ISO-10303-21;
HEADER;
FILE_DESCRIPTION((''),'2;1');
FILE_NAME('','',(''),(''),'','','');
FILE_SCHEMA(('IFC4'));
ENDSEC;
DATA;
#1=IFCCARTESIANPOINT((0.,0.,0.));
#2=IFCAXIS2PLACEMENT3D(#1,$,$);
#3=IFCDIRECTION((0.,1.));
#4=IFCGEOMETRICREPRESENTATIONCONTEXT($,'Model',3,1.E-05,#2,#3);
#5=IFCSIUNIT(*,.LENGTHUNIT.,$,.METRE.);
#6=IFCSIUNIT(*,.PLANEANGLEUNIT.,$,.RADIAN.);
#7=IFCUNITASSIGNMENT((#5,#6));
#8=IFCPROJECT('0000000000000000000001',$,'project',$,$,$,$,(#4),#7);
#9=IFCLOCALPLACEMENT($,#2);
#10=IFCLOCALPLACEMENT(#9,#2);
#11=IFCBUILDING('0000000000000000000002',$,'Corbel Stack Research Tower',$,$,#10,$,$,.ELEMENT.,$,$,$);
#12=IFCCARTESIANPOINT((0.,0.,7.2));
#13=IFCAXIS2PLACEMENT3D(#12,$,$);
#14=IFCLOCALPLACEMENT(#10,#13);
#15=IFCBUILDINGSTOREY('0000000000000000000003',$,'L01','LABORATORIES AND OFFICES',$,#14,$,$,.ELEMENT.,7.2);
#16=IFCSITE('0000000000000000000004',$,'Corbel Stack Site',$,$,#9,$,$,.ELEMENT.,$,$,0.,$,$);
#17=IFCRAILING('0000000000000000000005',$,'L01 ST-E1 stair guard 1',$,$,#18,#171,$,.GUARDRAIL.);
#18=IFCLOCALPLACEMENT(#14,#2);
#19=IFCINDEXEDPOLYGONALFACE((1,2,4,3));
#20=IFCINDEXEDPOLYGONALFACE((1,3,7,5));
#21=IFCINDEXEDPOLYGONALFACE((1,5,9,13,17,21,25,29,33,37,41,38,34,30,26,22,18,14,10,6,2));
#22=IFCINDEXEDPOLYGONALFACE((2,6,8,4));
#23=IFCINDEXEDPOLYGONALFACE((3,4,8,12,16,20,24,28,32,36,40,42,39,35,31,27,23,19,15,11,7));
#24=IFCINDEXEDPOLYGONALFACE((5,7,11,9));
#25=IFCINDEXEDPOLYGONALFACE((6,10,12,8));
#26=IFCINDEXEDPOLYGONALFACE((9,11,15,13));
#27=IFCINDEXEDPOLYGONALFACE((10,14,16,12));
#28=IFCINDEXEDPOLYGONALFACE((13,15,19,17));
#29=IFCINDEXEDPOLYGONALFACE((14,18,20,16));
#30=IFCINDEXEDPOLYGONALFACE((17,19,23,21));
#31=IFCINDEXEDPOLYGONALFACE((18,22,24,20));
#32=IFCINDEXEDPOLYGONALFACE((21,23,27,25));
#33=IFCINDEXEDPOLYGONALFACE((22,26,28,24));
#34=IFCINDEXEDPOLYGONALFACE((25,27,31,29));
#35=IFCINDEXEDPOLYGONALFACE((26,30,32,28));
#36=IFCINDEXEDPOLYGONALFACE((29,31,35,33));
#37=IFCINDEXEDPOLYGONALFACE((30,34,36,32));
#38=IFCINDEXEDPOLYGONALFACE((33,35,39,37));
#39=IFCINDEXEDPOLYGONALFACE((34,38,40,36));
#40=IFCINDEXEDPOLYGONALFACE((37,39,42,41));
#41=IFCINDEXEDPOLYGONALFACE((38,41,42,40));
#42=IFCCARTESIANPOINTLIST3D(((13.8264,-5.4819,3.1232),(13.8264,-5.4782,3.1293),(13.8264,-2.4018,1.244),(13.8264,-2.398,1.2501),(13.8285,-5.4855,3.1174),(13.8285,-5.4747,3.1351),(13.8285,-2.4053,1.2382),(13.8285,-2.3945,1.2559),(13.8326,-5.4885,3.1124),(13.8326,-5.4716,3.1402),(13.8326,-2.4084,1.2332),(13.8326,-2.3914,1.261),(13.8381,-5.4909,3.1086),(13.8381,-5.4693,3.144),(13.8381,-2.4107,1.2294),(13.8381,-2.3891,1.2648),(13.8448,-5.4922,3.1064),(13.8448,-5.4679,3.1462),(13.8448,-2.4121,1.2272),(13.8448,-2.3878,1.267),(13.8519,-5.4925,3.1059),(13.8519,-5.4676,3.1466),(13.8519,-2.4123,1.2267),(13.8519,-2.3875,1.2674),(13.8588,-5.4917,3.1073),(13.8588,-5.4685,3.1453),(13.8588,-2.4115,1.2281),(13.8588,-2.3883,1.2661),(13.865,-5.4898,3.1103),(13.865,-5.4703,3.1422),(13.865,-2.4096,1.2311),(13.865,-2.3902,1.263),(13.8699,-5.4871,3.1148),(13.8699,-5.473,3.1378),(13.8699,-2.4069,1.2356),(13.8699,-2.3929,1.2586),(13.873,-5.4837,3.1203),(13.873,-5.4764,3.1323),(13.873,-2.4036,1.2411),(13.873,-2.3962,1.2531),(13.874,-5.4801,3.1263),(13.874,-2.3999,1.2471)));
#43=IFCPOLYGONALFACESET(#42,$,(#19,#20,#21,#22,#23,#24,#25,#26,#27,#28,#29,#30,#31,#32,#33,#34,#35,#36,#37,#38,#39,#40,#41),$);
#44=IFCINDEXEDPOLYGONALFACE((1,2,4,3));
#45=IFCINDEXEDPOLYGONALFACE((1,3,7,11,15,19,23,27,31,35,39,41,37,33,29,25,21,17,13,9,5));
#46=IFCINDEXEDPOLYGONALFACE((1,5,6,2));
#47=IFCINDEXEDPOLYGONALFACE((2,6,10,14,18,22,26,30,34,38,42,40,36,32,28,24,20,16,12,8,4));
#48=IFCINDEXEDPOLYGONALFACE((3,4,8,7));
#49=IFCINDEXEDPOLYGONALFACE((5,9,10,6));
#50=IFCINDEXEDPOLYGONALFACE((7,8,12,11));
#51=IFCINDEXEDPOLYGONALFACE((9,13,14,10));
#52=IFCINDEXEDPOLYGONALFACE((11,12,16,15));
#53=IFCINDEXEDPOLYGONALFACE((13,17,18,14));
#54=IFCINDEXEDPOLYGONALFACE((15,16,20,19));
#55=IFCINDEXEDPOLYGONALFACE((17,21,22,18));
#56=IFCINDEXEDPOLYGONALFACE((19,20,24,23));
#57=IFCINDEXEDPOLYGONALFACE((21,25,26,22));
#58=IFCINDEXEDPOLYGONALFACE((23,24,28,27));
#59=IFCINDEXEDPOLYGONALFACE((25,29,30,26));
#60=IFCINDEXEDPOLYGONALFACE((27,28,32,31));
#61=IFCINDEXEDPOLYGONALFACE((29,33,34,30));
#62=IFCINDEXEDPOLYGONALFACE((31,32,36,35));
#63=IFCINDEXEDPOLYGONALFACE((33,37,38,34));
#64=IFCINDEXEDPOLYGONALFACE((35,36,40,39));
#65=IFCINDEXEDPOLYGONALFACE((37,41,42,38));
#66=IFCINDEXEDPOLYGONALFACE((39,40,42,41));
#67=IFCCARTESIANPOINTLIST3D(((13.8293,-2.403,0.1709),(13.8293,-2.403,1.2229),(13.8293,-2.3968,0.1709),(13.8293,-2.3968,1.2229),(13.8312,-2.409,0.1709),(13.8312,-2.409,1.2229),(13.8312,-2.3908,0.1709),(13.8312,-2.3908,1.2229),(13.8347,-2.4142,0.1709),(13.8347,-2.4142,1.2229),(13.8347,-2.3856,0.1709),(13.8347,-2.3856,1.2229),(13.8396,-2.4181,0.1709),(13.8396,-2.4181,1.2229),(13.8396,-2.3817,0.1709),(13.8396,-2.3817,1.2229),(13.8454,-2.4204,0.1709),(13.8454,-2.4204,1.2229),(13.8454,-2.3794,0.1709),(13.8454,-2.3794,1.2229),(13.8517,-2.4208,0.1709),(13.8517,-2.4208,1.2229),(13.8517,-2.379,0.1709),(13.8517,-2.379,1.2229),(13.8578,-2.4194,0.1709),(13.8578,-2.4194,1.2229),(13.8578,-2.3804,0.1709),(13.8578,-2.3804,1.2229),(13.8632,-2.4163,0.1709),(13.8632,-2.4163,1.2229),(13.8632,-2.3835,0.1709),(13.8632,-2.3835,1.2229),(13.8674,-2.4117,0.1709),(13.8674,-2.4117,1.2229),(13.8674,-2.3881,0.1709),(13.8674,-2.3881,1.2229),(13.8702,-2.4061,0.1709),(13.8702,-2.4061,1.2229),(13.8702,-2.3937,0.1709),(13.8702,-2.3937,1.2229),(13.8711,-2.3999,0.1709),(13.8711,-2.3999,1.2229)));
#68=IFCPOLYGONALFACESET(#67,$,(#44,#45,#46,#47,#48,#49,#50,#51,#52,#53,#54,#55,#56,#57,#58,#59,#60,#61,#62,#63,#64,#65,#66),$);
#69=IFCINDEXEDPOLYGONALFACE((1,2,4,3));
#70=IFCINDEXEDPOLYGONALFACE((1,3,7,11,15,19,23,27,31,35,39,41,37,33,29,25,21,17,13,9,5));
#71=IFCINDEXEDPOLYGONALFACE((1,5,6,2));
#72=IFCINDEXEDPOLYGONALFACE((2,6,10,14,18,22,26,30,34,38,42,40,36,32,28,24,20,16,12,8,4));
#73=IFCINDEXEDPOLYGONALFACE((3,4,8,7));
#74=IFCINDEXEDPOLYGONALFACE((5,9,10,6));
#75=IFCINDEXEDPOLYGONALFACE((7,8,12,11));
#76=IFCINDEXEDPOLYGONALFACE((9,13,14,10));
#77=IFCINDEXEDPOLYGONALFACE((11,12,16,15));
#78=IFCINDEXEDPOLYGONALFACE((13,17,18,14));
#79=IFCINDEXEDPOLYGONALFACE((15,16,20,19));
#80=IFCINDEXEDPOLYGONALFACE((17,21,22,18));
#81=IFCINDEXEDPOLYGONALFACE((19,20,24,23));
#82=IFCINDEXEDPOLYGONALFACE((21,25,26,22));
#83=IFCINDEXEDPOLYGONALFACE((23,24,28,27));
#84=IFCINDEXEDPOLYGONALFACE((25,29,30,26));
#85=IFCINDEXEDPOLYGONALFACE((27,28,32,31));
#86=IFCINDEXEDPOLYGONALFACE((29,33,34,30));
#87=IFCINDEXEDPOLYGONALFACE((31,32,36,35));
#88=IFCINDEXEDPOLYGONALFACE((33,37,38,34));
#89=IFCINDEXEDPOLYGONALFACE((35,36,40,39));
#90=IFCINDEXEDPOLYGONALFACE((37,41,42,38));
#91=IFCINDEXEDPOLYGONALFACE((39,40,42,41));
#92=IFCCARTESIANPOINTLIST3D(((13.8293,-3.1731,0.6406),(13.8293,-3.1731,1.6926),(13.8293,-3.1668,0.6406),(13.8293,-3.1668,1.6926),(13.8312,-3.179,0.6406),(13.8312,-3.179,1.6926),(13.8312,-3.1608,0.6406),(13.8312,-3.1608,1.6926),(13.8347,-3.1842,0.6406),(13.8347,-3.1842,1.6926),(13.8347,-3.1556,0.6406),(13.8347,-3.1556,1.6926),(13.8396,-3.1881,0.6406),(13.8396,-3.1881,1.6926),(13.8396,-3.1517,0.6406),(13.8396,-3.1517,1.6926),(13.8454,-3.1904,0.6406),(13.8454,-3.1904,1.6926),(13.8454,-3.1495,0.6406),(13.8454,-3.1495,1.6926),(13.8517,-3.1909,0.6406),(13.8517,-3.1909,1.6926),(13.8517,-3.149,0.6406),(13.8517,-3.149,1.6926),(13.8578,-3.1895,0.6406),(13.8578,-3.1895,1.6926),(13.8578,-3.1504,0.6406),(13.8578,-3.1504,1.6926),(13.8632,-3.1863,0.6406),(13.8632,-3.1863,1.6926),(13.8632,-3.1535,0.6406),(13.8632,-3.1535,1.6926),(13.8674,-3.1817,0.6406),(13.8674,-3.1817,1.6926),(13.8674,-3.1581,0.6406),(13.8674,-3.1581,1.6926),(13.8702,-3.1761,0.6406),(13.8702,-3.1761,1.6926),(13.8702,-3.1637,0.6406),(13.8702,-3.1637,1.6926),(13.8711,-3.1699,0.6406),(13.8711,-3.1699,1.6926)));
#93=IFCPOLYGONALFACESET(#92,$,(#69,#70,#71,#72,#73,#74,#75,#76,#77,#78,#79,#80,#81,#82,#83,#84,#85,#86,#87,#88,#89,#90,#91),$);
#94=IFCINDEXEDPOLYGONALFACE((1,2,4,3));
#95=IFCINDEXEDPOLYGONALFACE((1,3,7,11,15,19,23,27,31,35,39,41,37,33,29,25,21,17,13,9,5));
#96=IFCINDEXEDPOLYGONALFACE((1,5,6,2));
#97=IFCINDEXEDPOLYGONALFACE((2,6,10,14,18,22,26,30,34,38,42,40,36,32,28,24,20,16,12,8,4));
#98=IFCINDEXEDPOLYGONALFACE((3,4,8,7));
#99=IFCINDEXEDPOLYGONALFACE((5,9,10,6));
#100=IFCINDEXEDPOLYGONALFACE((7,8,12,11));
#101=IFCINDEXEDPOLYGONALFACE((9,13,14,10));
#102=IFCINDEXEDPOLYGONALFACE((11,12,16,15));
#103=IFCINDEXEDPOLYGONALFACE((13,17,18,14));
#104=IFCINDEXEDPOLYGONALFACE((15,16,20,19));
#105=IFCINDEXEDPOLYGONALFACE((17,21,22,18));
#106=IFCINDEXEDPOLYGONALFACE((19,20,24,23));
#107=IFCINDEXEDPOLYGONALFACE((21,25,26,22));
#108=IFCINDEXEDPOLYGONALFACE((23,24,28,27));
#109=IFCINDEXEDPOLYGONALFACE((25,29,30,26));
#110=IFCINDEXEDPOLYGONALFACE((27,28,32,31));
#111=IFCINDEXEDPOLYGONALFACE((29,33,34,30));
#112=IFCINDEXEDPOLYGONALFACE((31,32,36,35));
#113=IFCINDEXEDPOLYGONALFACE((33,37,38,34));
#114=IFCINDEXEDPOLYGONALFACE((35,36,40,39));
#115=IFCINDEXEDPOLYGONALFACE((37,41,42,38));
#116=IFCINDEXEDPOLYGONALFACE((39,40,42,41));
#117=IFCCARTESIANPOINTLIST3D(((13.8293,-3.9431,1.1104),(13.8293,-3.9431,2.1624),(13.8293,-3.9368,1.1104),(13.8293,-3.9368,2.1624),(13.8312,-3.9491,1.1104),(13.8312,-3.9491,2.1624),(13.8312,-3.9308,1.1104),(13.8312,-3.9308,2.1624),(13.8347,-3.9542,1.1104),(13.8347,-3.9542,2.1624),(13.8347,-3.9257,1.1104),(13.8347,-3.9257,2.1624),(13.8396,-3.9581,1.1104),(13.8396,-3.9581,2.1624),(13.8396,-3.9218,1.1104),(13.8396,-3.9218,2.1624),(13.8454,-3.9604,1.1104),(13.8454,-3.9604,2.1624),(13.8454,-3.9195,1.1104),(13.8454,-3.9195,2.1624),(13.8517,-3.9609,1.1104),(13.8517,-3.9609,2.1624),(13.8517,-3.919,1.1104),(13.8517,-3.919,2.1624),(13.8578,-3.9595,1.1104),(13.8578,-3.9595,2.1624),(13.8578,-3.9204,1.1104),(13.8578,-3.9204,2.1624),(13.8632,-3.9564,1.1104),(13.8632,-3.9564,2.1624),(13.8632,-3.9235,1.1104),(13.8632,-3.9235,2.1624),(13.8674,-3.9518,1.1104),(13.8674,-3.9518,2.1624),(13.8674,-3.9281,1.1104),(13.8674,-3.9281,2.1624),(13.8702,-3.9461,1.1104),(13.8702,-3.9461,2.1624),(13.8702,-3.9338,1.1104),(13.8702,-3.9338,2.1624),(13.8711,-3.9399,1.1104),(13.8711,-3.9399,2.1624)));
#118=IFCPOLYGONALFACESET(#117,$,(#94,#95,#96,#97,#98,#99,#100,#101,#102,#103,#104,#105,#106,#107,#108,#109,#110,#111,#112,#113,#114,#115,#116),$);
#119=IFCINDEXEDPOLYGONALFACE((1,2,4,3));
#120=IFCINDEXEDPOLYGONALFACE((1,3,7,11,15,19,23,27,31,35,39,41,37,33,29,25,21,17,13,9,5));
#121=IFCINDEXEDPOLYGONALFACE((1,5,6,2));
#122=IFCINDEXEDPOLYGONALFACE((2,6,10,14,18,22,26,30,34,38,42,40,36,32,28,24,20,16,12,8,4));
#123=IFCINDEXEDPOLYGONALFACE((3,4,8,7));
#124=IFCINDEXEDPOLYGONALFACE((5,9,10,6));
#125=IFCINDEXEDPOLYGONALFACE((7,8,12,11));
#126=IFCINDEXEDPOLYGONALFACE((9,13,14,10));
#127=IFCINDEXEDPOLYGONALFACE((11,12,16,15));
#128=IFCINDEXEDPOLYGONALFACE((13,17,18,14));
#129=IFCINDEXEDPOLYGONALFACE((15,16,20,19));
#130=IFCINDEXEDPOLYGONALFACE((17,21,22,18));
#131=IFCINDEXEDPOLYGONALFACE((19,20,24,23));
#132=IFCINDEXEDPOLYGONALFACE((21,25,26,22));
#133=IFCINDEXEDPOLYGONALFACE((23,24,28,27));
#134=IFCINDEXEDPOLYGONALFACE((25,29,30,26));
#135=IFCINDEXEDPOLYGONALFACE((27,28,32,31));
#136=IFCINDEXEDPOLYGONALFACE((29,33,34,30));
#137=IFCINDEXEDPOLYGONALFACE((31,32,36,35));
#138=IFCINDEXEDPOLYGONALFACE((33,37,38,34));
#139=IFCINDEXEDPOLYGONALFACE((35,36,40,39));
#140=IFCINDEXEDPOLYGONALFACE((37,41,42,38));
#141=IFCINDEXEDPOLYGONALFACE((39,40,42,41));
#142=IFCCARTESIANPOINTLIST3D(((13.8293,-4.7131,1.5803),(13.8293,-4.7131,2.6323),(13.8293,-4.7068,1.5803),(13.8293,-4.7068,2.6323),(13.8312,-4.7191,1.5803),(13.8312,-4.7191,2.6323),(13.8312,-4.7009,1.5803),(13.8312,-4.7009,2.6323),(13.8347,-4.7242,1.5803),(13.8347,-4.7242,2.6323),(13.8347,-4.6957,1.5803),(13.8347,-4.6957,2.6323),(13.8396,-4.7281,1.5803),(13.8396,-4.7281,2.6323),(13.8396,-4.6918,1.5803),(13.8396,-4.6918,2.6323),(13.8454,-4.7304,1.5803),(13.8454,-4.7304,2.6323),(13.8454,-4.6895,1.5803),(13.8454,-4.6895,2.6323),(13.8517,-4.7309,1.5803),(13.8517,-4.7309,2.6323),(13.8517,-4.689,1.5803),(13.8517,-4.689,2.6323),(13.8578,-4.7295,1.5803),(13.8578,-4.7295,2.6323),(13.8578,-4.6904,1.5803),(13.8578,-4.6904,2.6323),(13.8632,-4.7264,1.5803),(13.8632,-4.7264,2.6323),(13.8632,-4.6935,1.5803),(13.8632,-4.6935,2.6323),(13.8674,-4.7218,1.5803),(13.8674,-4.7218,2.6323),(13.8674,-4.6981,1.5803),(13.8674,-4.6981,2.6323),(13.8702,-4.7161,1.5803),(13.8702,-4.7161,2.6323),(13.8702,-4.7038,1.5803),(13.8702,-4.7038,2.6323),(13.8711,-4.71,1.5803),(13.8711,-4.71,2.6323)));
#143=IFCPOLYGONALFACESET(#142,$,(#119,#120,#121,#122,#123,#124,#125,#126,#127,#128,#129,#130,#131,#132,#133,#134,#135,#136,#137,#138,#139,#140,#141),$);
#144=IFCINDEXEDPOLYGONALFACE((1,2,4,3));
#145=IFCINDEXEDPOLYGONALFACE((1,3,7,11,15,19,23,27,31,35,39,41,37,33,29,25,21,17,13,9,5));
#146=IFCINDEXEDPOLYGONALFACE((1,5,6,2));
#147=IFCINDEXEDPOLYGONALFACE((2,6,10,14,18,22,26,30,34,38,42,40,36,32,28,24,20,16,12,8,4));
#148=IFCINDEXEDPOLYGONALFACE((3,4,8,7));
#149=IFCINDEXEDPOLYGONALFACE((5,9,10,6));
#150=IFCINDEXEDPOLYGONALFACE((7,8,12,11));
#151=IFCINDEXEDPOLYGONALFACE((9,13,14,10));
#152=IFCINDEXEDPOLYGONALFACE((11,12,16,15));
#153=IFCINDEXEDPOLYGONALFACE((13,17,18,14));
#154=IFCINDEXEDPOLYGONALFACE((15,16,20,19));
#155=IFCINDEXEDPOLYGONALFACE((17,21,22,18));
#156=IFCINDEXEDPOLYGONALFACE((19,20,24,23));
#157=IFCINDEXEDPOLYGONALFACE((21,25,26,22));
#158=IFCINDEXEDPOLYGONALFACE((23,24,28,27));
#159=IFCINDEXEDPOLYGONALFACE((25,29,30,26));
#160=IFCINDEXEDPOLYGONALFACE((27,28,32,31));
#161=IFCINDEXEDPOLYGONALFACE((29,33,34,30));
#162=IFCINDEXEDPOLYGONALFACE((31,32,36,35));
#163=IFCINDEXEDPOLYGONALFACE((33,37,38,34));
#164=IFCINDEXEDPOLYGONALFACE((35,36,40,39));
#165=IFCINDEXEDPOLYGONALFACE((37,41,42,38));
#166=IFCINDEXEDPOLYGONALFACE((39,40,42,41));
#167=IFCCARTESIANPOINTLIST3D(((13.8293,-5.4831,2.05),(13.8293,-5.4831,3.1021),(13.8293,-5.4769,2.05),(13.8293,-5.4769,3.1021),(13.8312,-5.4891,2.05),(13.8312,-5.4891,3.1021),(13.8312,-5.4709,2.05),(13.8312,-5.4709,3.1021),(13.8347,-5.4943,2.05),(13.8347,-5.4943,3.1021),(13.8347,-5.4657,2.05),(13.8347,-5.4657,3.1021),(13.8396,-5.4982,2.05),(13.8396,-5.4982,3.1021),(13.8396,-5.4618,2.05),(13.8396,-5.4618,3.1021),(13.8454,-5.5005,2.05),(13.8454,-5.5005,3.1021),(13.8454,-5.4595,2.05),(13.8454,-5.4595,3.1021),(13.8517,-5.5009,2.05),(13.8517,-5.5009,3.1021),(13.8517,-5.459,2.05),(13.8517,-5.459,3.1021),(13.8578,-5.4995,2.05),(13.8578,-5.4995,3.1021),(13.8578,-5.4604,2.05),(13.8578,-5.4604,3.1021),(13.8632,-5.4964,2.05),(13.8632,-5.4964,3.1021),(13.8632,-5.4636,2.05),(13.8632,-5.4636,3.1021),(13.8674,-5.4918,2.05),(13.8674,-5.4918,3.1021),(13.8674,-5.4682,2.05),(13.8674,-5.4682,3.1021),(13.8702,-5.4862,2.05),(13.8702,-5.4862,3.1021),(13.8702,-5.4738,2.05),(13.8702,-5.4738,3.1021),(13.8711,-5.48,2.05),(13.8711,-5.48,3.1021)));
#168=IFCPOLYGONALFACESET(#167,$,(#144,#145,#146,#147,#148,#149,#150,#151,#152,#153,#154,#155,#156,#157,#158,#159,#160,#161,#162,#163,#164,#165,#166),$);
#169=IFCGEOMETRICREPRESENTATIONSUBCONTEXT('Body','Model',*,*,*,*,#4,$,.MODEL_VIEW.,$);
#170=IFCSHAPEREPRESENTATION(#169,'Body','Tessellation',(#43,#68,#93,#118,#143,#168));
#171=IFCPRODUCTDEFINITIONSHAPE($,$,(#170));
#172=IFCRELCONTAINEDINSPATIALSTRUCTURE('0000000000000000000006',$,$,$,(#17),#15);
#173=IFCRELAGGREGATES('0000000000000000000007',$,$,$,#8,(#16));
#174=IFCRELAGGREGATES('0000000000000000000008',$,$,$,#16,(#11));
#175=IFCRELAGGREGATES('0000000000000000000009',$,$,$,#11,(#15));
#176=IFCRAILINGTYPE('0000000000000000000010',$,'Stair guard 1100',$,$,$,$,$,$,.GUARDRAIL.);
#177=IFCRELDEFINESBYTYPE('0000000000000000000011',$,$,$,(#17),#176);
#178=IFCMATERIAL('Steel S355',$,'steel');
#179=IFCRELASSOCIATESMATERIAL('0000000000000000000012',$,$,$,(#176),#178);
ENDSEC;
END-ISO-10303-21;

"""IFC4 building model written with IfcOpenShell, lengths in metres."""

from ifc_helpers import new_model, si_unit, direction, frame, origin, origin_2d, place, context, subcontext, project, spatial, circle, extrude, material, type_object, element, save


model = new_model("IFC4")

# Units and contexts
model_context = context("Model", 3, precision=1e-05, world=origin(), true_north=direction((0.0, 1.0)))
body_context = subcontext(model_context, "Body", "Model", "MODEL_VIEW")
ifc_project = project(units=[si_unit("LENGTHUNIT", "METRE"), si_unit("PLANEANGLEUNIT", "RADIAN")], contexts=[model_context])

# Site, building, storey
site_placement = place(None, origin())
site = spatial("IfcSite", under=ifc_project, at=site_placement, Name="Corbel Stack Site", CompositionType="ELEMENT", RefElevation=0.0)
building_placement = place(site_placement, origin())
building = spatial("IfcBuilding", under=site, at=building_placement, Name="Corbel Stack Research Tower", CompositionType="ELEMENT")
storey_placement = place(building_placement, frame((0.0, 0.0, 7.2)))
storey = spatial("IfcBuildingStorey", under=building, at=storey_placement, Name="L01", Description="LABORATORIES AND OFFICES", CompositionType="ELEMENT", Elevation=7.2)

# Railing
ifc_material_1 = material(Name="Steel S355", Category="steel")
railing_type_1 = type_object("IfcRailingType", Name="Stair guard 1100", PredefinedType="GUARDRAIL", material=ifc_material_1)
railing_1_placement = place(storey_placement, frame((13.8501, -2.3999, 0.1709)))
element("IfcRailing", 1, at=railing_1_placement, inside=storey, type_object=railing_type_1, Name="L01 ST-E1 stair guard 1", PredefinedType="GUARDRAIL", context=body_context, shape_type="SweptSolid", body=[
    extrude(circle(Radius=0.0239, at=origin_2d()), frame((0.0, 0.0, 1.0762), z_axis=(0.0, -0.853666, 0.52082), x_axis=(1.0, 0.0, 0.0)), (0.0, 0.0, 1.0), 3.6082),
    extrude(circle(Radius=0.021, at=origin_2d()), origin(), (0.0, 0.0, 1.0), 1.052),
    extrude(circle(Radius=0.021, at=origin_2d()), frame((0.0, -0.77, 0.4697)), (0.0, 0.0, 1.0), 1.052),
    extrude(circle(Radius=0.021, at=origin_2d()), frame((0.0, -1.54, 0.9395)), (0.0, 0.0, 1.0), 1.052),
    extrude(circle(Radius=0.021, at=origin_2d()), frame((0.0, -2.3101, 1.4094)), (0.0, 0.0, 1.0), 1.052),
    extrude(circle(Radius=0.021, at=origin_2d()), frame((0.0, -3.0801, 1.8792)), (0.0, 0.0, 1.0), 1.052),
])

save(model, "model.ifc")
